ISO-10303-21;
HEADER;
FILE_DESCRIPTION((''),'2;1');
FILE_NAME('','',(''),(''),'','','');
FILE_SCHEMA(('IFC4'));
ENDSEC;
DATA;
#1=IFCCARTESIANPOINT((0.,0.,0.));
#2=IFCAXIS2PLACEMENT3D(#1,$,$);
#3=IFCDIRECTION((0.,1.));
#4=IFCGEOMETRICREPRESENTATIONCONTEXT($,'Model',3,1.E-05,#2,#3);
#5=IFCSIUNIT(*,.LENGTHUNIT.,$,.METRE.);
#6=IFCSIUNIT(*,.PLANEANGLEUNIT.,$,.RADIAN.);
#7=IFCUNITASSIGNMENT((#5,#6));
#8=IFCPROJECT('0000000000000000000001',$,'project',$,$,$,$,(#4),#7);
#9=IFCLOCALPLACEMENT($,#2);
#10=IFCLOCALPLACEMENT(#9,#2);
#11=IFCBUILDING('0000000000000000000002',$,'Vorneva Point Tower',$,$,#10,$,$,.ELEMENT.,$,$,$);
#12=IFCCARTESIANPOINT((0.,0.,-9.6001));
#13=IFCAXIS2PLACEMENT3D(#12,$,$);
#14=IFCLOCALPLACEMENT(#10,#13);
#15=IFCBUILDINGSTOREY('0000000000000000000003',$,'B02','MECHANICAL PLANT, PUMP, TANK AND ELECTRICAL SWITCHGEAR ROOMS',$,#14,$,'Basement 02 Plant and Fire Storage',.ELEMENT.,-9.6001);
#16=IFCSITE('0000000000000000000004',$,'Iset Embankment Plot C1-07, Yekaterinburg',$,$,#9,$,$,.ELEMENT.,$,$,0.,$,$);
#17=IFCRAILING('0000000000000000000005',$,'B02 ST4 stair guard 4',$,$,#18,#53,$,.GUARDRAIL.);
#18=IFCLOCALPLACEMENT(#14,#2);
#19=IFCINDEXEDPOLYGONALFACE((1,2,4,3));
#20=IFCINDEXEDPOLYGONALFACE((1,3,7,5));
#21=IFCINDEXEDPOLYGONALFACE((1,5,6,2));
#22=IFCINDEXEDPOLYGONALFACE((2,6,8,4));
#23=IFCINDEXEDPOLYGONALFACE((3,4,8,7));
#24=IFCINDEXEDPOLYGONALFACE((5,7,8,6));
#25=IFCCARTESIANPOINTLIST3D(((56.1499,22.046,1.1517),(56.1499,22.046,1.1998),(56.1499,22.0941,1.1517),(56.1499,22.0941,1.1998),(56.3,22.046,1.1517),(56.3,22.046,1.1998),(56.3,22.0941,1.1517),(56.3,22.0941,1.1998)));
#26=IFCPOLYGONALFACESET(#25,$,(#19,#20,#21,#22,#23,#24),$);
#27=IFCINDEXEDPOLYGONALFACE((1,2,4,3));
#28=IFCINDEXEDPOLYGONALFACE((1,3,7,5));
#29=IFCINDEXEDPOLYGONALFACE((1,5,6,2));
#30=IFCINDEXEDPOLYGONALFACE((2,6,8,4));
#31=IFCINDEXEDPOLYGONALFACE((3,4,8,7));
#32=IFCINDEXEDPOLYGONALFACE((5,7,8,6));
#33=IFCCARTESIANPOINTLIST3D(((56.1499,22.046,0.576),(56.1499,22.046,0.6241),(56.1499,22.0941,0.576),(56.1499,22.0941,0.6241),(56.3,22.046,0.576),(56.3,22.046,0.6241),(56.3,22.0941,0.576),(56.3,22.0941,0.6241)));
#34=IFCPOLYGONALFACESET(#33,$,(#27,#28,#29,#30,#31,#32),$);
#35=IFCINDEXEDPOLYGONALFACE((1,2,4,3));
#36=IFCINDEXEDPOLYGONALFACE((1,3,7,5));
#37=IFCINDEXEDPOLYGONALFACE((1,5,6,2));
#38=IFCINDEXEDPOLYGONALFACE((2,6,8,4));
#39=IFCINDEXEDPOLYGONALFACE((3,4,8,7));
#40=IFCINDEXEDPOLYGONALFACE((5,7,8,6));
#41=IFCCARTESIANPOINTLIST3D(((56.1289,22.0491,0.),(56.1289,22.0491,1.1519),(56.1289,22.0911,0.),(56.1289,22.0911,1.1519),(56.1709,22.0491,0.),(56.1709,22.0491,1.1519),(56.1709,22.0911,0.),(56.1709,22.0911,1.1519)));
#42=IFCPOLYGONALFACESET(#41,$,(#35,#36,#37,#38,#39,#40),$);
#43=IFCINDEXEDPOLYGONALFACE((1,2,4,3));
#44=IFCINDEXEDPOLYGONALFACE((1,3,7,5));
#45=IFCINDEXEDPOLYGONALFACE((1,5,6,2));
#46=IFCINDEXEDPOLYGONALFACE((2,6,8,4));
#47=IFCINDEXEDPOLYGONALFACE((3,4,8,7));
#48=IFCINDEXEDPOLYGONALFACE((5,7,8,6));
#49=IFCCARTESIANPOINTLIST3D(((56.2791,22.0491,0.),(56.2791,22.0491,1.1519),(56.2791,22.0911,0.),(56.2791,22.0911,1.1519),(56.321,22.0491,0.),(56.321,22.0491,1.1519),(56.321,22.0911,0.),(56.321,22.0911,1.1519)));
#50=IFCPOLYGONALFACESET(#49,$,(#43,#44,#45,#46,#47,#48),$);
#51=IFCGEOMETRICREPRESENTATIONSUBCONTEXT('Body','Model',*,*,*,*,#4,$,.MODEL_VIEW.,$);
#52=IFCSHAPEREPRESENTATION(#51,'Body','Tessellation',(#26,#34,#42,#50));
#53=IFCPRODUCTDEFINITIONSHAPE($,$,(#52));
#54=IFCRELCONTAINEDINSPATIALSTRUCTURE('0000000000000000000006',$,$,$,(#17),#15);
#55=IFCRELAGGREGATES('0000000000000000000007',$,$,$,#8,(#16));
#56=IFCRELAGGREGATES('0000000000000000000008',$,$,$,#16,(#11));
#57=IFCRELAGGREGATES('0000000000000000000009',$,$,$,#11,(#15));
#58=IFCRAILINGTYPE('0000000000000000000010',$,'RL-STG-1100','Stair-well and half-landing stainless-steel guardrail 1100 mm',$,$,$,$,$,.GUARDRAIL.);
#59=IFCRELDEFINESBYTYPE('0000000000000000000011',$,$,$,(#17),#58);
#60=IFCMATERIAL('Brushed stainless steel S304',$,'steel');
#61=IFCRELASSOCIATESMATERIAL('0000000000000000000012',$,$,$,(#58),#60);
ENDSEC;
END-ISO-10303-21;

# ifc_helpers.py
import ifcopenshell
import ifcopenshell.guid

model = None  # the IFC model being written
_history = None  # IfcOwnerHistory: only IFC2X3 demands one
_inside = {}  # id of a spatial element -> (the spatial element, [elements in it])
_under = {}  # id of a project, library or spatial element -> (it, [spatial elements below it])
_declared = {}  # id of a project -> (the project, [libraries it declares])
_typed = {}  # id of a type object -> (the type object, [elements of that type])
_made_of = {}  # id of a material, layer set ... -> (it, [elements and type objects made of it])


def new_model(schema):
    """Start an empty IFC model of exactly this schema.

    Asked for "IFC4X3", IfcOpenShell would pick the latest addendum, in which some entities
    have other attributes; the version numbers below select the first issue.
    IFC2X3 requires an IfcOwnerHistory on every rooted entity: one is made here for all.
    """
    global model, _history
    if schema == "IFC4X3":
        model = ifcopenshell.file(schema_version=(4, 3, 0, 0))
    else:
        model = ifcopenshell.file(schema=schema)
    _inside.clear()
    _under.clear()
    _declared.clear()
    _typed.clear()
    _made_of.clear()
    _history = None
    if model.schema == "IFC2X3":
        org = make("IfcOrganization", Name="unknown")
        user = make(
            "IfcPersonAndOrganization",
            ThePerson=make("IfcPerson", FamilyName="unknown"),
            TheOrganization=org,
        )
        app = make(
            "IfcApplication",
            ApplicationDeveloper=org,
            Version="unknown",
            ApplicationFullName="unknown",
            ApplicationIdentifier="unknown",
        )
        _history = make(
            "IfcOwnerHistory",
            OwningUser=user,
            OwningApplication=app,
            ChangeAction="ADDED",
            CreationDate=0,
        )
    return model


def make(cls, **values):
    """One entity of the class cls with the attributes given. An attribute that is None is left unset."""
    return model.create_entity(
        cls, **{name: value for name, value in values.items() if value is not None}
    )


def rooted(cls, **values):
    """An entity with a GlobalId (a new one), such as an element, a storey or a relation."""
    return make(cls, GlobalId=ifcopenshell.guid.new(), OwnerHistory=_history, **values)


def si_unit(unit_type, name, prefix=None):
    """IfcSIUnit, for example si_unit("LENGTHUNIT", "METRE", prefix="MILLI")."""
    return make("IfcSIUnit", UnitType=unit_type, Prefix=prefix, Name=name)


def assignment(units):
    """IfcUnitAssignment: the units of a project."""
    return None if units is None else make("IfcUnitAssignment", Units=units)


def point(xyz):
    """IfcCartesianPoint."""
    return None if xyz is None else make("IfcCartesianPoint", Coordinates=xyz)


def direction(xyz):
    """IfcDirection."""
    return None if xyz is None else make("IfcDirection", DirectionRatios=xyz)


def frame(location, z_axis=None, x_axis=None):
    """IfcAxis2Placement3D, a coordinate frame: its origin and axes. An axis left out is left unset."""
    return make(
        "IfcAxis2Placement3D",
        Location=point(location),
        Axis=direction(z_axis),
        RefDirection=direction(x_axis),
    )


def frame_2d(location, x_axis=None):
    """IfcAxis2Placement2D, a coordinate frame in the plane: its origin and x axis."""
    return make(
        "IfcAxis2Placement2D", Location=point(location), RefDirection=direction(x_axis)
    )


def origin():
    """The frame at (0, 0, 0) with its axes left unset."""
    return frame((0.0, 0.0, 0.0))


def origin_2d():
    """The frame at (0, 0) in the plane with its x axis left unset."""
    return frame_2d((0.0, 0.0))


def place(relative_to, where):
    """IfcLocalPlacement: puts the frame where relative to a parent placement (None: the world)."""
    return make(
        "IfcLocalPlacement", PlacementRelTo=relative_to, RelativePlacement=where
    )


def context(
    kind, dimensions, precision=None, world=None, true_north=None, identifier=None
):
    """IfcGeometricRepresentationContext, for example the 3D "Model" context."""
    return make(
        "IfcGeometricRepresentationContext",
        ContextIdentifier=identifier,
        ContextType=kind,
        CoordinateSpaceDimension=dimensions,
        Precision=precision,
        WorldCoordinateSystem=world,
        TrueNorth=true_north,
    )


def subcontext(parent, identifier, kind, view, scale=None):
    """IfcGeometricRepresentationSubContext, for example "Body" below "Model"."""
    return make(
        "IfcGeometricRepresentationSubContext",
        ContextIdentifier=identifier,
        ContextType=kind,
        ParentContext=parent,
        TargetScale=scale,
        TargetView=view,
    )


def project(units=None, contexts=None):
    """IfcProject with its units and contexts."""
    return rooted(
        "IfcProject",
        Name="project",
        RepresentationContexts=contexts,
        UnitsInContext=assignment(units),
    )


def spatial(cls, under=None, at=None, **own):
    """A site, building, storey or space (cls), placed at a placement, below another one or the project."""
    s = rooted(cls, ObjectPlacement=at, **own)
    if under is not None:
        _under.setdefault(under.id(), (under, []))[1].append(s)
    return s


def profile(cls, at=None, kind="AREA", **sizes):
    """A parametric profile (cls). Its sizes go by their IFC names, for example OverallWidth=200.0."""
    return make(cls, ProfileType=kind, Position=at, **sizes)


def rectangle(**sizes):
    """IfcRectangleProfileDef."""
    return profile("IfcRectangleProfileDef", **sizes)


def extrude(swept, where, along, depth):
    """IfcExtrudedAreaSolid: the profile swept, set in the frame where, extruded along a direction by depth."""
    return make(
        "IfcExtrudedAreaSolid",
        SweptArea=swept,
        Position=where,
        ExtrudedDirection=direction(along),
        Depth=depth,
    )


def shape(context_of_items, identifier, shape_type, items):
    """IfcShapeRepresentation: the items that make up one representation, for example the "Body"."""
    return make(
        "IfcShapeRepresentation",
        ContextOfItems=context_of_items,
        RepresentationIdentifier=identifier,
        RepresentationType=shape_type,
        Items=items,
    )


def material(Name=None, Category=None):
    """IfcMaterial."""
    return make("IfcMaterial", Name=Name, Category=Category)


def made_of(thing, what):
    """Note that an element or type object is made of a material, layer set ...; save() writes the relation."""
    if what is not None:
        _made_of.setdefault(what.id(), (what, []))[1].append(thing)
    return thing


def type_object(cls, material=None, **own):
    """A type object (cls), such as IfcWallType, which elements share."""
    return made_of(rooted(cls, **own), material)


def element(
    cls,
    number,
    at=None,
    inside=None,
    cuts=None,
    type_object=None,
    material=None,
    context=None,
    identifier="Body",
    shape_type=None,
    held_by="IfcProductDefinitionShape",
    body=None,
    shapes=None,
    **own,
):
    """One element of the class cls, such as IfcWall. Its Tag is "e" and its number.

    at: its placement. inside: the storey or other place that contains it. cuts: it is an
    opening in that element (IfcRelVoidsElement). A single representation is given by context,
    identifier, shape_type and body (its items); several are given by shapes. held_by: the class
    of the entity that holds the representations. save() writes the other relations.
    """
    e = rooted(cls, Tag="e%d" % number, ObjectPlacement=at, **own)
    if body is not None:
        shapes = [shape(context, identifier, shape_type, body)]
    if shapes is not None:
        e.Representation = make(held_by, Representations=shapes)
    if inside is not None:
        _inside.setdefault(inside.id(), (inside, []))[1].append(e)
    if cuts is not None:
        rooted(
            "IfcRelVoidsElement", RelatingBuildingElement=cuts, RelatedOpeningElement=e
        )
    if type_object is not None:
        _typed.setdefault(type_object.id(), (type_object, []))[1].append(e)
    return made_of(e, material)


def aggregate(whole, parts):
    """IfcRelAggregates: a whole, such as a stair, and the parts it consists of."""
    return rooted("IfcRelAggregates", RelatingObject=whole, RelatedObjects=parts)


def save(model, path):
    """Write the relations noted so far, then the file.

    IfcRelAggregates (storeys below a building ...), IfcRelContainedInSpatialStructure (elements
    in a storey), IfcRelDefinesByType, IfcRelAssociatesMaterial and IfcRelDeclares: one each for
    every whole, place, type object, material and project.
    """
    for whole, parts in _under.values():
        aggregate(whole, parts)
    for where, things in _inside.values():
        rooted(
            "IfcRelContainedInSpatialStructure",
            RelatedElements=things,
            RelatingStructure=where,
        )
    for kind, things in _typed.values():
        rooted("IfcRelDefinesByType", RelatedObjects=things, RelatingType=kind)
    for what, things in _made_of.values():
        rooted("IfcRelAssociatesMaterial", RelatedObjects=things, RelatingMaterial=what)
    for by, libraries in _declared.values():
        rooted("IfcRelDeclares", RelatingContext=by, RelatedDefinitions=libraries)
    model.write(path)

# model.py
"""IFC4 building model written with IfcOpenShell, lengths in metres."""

from ifc_helpers import new_model, si_unit, direction, frame, origin, origin_2d, place, context, subcontext, project, spatial, rectangle, extrude, material, type_object, element, save


model = new_model("IFC4")

# Units and contexts
model_context = context("Model", 3, precision=1e-05, world=origin(), true_north=direction((0.0, 1.0)))
body_context = subcontext(model_context, "Body", "Model", "MODEL_VIEW")
ifc_project = project(units=[si_unit("LENGTHUNIT", "METRE"), si_unit("PLANEANGLEUNIT", "RADIAN")], contexts=[model_context])

# Site, building, storey
site_placement = place(None, origin())
site = spatial("IfcSite", under=ifc_project, at=site_placement, Name="Iset Embankment Plot C1-07, Yekaterinburg", CompositionType="ELEMENT", RefElevation=0.0)
building_placement = place(site_placement, origin())
building = spatial("IfcBuilding", under=site, at=building_placement, Name="Vorneva Point Tower", CompositionType="ELEMENT")
storey_placement = place(building_placement, frame((0.0, 0.0, -9.6001)))
storey = spatial("IfcBuildingStorey", under=building, at=storey_placement, Name="B02", Description="MECHANICAL PLANT, PUMP, TANK AND ELECTRICAL SWITCHGEAR ROOMS", LongName="Basement 02 Plant and Fire Storage", CompositionType="ELEMENT", Elevation=-9.6001)

# Railing
ifc_material_1 = material(Name="Brushed stainless steel S304", Category="steel")
railing_type_1 = type_object("IfcRailingType", Name="RL-STG-1100", Description="Stair-well and half-landing stainless-steel guardrail 1100 mm", PredefinedType="GUARDRAIL", material=ifc_material_1)
railing_1_placement = place(storey_placement, frame((56.1499, 22.0701, 0.0)))
element("IfcRailing", 1, at=railing_1_placement, inside=storey, type_object=railing_type_1, Name="B02 ST4 stair guard 4", PredefinedType="GUARDRAIL", context=body_context, shape_type="SweptSolid", body=[
    extrude(rectangle(XDim=0.0481, YDim=0.0481, at=origin_2d()), frame((0.0, 0.0, 1.1758), z_axis=(1.0, 0.0, 0.0), x_axis=(0.0, 1.0, 0.0)), (0.0, 0.0, 1.0), 0.1501),
    extrude(rectangle(XDim=0.0481, YDim=0.0481, at=origin_2d()), frame((0.0, 0.0, 0.6001), z_axis=(1.0, 0.0, 0.0), x_axis=(0.0, 1.0, 0.0)), (0.0, 0.0, 1.0), 0.1501),
    extrude(rectangle(XDim=0.042, YDim=0.042, at=origin_2d()), origin(), (0.0, 0.0, 1.0), 1.1519),
    extrude(rectangle(XDim=0.042, YDim=0.042, at=origin_2d()), frame((0.1501, 0.0, 0.0)), (0.0, 0.0, 1.0), 1.1519),
])

save(model, "model.ifc")
